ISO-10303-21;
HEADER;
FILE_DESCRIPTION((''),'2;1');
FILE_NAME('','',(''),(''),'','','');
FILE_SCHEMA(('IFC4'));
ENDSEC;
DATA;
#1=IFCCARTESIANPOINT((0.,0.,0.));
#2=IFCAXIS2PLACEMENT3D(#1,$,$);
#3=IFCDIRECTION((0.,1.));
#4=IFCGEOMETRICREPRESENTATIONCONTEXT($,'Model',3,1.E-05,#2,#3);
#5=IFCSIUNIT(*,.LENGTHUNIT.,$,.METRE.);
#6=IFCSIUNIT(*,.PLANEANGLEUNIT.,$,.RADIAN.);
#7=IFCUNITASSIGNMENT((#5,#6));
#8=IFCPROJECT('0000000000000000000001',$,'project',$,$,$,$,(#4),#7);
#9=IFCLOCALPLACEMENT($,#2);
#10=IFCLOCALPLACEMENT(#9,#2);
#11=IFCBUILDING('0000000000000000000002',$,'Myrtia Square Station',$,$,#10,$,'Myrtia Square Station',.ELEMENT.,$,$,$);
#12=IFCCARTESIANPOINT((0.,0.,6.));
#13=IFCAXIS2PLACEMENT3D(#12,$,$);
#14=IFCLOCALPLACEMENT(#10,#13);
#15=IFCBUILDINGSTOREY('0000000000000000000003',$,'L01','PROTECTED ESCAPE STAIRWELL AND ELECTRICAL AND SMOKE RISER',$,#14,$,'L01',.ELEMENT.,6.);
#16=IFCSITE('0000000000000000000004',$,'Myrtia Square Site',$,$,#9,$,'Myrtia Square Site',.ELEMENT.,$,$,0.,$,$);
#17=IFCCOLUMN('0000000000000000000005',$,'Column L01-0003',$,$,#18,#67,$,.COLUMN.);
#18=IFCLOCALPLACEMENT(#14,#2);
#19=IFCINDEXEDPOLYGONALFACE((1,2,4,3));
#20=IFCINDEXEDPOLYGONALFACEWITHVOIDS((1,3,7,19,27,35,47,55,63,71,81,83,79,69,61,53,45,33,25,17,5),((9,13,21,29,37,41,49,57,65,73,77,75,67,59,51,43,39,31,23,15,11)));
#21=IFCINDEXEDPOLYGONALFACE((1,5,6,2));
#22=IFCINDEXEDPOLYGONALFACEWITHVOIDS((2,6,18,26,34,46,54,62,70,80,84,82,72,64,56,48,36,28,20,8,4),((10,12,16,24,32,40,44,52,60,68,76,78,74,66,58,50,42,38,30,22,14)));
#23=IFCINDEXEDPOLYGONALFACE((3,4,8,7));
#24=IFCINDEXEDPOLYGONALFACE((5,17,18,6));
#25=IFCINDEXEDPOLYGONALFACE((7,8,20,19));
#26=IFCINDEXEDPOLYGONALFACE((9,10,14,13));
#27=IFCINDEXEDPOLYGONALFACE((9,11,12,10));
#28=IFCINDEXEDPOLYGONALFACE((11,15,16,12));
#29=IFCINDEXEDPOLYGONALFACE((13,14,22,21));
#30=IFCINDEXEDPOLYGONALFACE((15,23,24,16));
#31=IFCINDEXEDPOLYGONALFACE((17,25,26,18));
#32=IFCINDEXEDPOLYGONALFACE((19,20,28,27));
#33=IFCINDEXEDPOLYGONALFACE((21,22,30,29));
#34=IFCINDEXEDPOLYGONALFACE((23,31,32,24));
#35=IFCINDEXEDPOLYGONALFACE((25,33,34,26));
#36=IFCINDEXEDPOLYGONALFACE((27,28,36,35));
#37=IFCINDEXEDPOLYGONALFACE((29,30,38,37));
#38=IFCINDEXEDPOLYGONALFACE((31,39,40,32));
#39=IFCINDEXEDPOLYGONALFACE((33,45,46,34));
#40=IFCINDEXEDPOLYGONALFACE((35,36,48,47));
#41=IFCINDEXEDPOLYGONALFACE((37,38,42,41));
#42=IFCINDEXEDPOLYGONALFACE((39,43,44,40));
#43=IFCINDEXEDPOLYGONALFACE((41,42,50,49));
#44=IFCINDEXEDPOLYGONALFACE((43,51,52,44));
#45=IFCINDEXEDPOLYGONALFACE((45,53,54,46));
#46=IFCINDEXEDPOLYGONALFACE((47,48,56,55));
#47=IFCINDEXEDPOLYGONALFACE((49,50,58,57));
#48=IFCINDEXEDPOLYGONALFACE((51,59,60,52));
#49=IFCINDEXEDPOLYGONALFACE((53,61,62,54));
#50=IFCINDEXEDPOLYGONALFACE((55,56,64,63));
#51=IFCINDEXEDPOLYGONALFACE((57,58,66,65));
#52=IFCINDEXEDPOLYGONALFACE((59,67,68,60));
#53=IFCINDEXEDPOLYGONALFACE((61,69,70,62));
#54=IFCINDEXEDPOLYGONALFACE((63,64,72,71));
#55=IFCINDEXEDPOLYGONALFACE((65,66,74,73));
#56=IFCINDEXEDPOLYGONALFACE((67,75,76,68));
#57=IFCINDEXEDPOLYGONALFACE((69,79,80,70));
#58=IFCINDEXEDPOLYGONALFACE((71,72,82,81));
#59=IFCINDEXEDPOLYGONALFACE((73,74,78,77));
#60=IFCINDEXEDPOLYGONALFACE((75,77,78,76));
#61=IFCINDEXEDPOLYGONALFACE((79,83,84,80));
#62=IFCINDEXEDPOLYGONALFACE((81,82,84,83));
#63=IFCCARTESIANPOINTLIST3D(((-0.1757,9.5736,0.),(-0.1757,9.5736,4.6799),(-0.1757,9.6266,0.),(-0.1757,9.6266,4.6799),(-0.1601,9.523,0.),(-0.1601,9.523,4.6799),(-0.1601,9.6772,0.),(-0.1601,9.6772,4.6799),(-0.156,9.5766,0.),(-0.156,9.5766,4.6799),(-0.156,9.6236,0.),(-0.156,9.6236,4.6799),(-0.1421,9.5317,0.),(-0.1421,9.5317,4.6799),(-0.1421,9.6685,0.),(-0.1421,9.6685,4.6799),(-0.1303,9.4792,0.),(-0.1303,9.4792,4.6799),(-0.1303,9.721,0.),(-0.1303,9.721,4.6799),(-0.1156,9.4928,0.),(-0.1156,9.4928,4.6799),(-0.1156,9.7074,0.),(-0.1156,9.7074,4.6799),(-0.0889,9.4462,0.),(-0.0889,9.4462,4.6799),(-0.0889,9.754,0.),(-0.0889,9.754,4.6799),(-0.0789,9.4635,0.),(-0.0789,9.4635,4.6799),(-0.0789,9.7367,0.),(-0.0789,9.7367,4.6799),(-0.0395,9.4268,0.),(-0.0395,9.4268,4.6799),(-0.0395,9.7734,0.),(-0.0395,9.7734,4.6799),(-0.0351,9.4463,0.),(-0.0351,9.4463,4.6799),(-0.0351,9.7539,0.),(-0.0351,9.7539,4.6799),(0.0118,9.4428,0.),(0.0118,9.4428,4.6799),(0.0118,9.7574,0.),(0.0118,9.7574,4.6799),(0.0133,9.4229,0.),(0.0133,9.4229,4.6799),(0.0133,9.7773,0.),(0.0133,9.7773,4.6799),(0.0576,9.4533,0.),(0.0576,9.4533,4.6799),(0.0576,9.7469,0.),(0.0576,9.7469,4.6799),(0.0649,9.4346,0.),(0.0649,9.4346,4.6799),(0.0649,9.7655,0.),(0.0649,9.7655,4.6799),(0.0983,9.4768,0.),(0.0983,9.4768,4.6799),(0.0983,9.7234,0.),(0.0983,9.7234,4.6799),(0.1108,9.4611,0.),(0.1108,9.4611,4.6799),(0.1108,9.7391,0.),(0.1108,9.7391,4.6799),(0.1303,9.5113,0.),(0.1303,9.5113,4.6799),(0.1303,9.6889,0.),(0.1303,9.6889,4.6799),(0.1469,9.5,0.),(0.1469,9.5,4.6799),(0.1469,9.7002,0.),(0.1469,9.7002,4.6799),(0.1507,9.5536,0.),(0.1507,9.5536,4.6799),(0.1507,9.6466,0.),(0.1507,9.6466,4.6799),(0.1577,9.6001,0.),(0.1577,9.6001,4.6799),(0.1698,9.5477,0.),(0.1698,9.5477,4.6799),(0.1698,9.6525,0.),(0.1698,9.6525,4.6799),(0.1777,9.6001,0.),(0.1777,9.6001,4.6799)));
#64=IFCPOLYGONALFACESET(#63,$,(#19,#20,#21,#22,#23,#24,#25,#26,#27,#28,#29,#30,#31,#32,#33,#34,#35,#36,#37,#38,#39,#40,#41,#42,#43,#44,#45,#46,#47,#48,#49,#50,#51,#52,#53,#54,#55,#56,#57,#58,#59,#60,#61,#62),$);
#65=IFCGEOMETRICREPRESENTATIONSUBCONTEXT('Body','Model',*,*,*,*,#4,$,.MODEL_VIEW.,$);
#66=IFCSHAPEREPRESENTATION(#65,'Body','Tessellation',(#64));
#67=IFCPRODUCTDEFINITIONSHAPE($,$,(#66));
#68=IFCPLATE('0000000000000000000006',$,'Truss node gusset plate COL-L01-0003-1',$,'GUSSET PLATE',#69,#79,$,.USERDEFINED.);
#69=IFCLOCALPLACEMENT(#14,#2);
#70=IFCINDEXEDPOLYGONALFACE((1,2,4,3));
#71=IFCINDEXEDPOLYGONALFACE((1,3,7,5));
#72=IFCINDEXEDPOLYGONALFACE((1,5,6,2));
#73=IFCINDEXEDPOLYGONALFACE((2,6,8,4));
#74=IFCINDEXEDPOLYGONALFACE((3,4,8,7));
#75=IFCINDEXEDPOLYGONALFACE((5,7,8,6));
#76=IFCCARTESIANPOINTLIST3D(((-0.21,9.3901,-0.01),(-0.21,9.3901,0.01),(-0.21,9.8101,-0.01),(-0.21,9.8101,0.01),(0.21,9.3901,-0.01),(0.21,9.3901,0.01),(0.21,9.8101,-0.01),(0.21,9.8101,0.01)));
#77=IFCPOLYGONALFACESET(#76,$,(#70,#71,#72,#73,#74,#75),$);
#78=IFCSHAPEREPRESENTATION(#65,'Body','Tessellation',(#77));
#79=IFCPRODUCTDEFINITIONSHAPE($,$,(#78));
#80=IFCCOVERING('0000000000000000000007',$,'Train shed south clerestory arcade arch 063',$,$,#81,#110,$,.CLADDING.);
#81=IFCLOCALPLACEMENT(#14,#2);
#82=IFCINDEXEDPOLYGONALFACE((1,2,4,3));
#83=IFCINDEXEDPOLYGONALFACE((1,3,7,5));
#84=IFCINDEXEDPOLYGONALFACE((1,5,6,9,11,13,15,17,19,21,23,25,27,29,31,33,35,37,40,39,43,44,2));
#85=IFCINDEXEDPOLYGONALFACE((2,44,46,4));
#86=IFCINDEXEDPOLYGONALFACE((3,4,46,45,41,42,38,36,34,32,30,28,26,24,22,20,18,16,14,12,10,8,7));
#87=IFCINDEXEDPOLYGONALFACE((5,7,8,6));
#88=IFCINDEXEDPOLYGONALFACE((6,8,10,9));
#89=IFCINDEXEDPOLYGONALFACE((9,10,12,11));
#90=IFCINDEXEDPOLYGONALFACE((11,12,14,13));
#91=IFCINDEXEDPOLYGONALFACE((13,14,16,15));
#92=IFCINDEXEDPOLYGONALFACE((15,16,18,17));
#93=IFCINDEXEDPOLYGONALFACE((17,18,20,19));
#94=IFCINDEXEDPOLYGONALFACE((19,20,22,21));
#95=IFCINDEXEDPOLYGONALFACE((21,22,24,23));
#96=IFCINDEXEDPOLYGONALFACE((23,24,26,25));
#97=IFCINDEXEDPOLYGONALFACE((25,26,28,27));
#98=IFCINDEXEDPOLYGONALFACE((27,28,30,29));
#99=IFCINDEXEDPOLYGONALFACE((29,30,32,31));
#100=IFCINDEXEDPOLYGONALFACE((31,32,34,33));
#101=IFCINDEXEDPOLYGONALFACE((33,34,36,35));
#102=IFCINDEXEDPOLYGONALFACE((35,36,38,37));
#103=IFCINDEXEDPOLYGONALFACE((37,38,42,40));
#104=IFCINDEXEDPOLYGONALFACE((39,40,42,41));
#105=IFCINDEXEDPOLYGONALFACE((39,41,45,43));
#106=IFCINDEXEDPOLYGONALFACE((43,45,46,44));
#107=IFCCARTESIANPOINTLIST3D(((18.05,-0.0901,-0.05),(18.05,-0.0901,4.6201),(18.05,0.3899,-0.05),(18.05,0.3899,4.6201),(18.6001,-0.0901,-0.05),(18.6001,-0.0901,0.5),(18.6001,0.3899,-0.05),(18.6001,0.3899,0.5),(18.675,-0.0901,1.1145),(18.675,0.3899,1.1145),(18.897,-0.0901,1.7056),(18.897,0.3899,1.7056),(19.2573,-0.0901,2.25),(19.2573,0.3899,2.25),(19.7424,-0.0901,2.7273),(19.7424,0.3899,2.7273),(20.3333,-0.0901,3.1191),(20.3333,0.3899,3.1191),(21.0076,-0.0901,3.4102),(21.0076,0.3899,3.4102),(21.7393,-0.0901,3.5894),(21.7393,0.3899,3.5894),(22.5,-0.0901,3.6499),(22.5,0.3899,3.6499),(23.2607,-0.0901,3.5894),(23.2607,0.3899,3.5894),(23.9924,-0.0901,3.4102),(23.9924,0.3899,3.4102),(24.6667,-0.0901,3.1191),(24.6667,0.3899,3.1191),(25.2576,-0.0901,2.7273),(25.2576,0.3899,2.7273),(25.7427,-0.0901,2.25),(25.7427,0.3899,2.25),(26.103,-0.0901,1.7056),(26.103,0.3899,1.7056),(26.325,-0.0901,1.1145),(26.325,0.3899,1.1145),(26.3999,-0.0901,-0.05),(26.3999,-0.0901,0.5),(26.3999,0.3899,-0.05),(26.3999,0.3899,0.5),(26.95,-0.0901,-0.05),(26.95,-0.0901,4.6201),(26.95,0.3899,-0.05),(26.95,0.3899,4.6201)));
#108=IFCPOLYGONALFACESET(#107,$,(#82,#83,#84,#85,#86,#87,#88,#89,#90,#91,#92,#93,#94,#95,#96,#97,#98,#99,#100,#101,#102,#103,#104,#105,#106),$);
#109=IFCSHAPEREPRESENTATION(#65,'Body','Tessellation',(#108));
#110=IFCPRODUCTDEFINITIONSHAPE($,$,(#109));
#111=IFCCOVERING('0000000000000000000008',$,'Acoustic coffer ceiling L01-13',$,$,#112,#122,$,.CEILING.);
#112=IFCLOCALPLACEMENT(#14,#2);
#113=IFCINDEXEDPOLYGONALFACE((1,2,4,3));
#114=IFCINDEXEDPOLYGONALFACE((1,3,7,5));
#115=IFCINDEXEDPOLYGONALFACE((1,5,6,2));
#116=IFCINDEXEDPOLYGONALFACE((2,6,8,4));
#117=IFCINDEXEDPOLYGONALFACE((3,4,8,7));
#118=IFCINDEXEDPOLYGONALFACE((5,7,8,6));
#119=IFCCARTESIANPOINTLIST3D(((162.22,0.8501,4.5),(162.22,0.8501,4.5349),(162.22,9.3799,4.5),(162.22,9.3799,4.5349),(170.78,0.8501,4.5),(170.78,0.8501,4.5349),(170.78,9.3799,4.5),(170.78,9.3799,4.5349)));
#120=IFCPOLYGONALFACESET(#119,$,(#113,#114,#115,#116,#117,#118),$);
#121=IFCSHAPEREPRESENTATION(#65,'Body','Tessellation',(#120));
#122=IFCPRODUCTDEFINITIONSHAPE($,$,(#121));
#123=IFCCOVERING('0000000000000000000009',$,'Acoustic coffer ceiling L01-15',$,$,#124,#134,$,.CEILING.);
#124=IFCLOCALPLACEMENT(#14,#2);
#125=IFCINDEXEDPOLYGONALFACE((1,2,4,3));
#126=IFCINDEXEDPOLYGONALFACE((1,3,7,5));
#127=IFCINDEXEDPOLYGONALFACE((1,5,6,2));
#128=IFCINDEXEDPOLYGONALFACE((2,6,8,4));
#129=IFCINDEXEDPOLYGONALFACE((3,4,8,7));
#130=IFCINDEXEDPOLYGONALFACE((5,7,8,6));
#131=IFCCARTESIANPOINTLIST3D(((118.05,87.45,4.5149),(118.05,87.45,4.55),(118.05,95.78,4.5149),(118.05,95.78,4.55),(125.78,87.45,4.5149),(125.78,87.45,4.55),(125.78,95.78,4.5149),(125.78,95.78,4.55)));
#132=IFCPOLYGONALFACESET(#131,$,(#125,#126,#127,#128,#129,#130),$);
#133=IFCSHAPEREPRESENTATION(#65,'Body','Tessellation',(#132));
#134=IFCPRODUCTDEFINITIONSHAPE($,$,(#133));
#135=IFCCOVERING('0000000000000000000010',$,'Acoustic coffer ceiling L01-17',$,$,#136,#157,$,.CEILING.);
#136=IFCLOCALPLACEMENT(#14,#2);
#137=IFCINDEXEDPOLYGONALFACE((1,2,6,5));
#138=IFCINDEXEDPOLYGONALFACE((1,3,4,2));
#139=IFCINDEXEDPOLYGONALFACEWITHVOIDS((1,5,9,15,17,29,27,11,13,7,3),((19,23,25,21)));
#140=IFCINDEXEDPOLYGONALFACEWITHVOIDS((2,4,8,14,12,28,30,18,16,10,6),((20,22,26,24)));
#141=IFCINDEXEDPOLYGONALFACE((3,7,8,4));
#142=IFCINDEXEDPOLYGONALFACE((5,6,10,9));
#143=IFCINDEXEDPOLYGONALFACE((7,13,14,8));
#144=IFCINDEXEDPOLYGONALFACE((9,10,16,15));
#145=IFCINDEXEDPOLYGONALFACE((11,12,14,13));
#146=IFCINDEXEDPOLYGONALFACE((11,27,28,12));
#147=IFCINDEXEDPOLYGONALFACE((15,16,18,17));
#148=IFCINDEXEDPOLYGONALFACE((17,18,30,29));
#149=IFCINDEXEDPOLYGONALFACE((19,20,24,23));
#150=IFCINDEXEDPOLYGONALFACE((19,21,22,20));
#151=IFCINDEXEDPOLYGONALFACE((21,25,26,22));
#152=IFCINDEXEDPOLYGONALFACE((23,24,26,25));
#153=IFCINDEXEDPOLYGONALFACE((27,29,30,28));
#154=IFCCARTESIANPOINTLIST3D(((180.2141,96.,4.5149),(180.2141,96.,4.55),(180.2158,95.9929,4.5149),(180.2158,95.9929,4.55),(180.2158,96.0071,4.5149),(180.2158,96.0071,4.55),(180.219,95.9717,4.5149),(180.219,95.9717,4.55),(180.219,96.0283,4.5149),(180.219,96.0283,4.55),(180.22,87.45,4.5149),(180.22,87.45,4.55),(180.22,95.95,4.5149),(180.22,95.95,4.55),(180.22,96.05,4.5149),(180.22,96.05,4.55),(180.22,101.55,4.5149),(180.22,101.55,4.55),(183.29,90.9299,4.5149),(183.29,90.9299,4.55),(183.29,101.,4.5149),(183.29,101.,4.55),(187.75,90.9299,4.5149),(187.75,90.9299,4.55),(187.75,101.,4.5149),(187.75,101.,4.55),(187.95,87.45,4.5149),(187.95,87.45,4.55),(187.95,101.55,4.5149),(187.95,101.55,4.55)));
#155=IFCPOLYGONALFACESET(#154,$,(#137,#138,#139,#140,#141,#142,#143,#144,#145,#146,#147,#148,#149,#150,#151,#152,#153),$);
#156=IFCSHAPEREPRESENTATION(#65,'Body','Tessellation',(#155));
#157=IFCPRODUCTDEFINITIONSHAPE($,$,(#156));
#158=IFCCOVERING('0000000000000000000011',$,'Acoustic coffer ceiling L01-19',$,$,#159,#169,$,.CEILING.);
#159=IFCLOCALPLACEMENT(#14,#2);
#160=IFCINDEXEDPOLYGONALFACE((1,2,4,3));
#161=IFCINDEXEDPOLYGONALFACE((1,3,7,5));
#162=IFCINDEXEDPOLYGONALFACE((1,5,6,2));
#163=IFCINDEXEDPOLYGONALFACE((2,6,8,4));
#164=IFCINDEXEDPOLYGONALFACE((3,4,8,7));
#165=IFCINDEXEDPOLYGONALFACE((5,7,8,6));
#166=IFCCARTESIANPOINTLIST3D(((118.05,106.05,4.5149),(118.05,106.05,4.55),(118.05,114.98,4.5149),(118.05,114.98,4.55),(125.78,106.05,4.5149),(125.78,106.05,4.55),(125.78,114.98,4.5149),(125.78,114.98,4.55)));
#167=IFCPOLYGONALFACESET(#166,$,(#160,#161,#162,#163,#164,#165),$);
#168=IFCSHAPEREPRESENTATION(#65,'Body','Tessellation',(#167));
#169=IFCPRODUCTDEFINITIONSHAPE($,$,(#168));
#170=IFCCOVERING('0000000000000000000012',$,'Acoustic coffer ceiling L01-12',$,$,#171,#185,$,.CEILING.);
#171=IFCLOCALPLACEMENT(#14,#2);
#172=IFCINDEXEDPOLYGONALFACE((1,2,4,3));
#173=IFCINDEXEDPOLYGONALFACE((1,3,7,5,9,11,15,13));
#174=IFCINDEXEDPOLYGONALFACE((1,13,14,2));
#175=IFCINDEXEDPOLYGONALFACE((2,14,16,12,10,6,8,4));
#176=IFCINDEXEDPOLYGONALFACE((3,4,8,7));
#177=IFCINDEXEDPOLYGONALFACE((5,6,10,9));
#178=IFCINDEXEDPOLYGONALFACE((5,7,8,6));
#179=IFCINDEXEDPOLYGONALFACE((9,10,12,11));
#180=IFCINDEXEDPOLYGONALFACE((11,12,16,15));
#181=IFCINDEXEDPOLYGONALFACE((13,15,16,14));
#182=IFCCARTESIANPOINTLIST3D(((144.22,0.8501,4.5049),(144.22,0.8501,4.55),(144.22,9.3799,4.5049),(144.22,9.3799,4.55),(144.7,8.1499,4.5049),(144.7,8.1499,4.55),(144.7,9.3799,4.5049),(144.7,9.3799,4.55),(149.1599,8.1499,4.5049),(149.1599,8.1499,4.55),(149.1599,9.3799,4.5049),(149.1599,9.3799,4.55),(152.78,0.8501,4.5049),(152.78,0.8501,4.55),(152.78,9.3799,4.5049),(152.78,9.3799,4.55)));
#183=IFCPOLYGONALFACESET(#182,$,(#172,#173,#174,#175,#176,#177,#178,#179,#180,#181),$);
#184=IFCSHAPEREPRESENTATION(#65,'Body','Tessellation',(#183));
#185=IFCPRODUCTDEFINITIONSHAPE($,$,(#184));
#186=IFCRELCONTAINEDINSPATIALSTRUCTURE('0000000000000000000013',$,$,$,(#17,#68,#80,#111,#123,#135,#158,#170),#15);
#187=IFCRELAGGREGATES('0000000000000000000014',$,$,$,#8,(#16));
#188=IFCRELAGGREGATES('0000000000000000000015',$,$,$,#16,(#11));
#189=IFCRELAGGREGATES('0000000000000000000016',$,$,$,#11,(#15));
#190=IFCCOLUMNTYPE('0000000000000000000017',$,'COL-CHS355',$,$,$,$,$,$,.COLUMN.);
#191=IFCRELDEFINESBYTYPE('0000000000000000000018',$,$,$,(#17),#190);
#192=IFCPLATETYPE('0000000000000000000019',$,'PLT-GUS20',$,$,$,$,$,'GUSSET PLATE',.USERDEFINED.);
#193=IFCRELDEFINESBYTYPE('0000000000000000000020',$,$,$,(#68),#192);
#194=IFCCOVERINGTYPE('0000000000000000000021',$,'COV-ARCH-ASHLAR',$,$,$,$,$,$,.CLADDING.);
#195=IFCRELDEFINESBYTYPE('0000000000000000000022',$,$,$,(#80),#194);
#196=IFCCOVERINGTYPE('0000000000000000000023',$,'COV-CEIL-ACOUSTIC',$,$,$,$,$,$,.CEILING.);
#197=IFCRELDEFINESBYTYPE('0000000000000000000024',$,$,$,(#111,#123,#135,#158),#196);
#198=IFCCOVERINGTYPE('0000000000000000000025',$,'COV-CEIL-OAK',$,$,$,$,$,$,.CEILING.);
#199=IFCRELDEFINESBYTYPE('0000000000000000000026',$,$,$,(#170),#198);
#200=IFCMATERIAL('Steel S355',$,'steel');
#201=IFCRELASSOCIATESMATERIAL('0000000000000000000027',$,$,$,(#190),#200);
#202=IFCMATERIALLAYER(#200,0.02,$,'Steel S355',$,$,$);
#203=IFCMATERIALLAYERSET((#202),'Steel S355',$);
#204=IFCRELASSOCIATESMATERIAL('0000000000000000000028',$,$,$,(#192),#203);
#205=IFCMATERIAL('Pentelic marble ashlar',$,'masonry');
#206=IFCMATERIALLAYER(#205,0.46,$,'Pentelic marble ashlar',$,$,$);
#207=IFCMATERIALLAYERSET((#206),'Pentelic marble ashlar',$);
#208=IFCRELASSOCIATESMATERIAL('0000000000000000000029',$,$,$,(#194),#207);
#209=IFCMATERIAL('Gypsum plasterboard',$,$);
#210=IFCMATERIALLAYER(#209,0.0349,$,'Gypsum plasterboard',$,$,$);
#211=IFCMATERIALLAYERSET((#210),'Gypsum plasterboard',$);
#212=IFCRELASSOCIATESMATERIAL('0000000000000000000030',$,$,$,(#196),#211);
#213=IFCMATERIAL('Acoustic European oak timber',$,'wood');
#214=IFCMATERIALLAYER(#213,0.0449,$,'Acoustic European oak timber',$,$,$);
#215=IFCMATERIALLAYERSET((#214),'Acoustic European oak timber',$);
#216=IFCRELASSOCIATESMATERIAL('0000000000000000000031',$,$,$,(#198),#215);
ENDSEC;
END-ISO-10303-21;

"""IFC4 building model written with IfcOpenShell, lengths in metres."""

from ifc_helpers import new_model, si_unit, direction, frame, origin, origin_2d, place, context, subcontext, project, spatial, polyline, rectangle, hollow_circle, outline, extrude, material, layer, layer_set, material_profile, profile_set, type_object, element, save


model = new_model("IFC4")

# Units and contexts
model_context = context("Model", 3, precision=1e-05, world=origin(), true_north=direction((0.0, 1.0)))
body_context = subcontext(model_context, "Body", "Model", "MODEL_VIEW")
ifc_project = project(units=[si_unit("LENGTHUNIT", "METRE"), si_unit("PLANEANGLEUNIT", "RADIAN")], contexts=[model_context])

# Site, building, storey
site_placement = place(None, origin())
site = spatial("IfcSite", under=ifc_project, at=site_placement, Name="Myrtia Square Site", LongName="Myrtia Square Site", CompositionType="ELEMENT", RefElevation=0.0)
building_placement = place(site_placement, origin())
building = spatial("IfcBuilding", under=site, at=building_placement, Name="Myrtia Square Station", LongName="Myrtia Square Station", CompositionType="ELEMENT")
storey_placement = place(building_placement, frame((0.0, 0.0, 6.0)))
storey = spatial("IfcBuildingStorey", under=building, at=storey_placement, Name="L01", Description="PROTECTED ESCAPE STAIRWELL AND ELECTRICAL AND SMOKE RISER", LongName="L01", CompositionType="ELEMENT", Elevation=6.0)

# Column
ifc_material_1 = material(Name="Steel S355", Category="steel")
ifc_material_profile = material_profile(ifc_material_1, hollow_circle(Radius=0.1777, WallThickness=0.02, at=origin_2d()), Name="CHS 355.6x20")
ifc_profile_set = profile_set([ifc_material_profile], Name="Steel S355")
column_type = type_object("IfcColumnType", Name="COL-CHS355", PredefinedType="COLUMN", material=ifc_profile_set)
column_placement = place(storey_placement, frame((0.0, 9.6001, 0.0), z_axis=(0.0, 0.0, 1.0), x_axis=(1.0, 0.0, 0.0)))
element("IfcColumn", 1, at=column_placement, inside=storey, type_object=column_type, Name="Column L01-0003", PredefinedType="COLUMN", context=body_context, shape_type="SweptSolid", body=[
    extrude(hollow_circle(Radius=0.1777, WallThickness=0.02, at=origin_2d()), origin(), (0.0, 0.0, 1.0), 4.6799),
])

# Plate
ifc_layer_1 = layer(ifc_material_1, 0.02, Name="Steel S355")
ifc_layer_set_1 = layer_set([ifc_layer_1], Name="Steel S355")
plate_type = type_object("IfcPlateType", Name="PLT-GUS20", ElementType="GUSSET PLATE", PredefinedType="USERDEFINED", material=ifc_layer_set_1)
plate_placement = place(storey_placement, frame((0.0, 9.6001, -0.01), z_axis=(0.0, 0.0, 1.0), x_axis=(1.0, 0.0, 0.0)))
element("IfcPlate", 2, at=plate_placement, inside=storey, type_object=plate_type, Name="Truss node gusset plate COL-L01-0003-1", ObjectType="GUSSET PLATE", PredefinedType="USERDEFINED", context=body_context, shape_type="SweptSolid", body=[
    extrude(rectangle(XDim=0.4199, YDim=0.4199, at=origin_2d()), origin(), (0.0, 0.0, 1.0), 0.02),
])

# Coverings
ifc_material_2 = material(Name="Pentelic marble ashlar", Category="masonry")
ifc_layer_2 = layer(ifc_material_2, 0.46, Name="Pentelic marble ashlar")
ifc_layer_set_2 = layer_set([ifc_layer_2], Name="Pentelic marble ashlar")
covering_type_1 = type_object("IfcCoveringType", Name="COV-ARCH-ASHLAR", PredefinedType="CLADDING", material=ifc_layer_set_2)
covering_1_placement = place(storey_placement, frame((18.05, 0.1499, -0.05), z_axis=(0.0, 0.0, 1.0), x_axis=(1.0, 0.0, 0.0)))
element("IfcCovering", 3, at=covering_1_placement, inside=storey, type_object=covering_type_1, Name="Train shed south clerestory arcade arch 063", PredefinedType="CLADDING", context=body_context, shape_type="SweptSolid", body=[
    extrude(outline(polyline([(0.0, 0.0), (0.55, 0.0), (0.55, 0.55), (0.625, 1.1646), (0.8469, 1.7556), (1.2073, 2.3), (1.6924, 2.7773), (2.2832, 3.1692), (2.9575, 3.4602), (3.6892, 3.6394), (4.45, 3.7), (5.2107, 3.6394), (5.9424, 3.4602), (6.6167, 3.1692), (7.2075, 2.7773), (7.6926, 2.3), (8.053, 1.7556), (8.2749, 1.1646), (8.3499, 0.55), (8.3499, 0.0), (8.8999, 0.0), (8.8999, 4.6702), (0.0, 4.6702), (0.0, 0.0)])), frame((0.0, 0.24, 0.0), z_axis=(0.0, -1.0, 0.0), x_axis=(1.0, 0.0, 0.0)), (0.0, 0.0, 1.0), 0.48),
])
ifc_material_3 = material(Name="Gypsum plasterboard")
ifc_layer_3 = layer(ifc_material_3, 0.0349, Name="Gypsum plasterboard")
ifc_layer_set_3 = layer_set([ifc_layer_3], Name="Gypsum plasterboard")
covering_type_2 = type_object("IfcCoveringType", Name="COV-CEIL-ACOUSTIC", PredefinedType="CEILING", material=ifc_layer_set_3)
covering_2_placement = place(storey_placement, frame((0.0, 0.0, 4.5)))
element("IfcCovering", 4, at=covering_2_placement, inside=storey, type_object=covering_type_2, Name="Acoustic coffer ceiling L01-13", PredefinedType="CEILING", context=body_context, shape_type="SweptSolid", body=[
    extrude(outline(polyline([(162.22, 0.8501), (162.22, 9.3799), (170.78, 9.3799), (170.78, 0.8501), (162.22, 0.8501)])), origin(), (0.0, 0.0, 1.0), 0.0349),
])
covering_3_placement = place(storey_placement, frame((0.0, 0.0, 4.5149)))
element("IfcCovering", 5, at=covering_3_placement, inside=storey, type_object=covering_type_2, Name="Acoustic coffer ceiling L01-15", PredefinedType="CEILING", context=body_context, shape_type="SweptSolid", body=[
    extrude(outline(polyline([(118.05, 87.45), (118.05, 95.78), (125.78, 95.78), (125.78, 87.45), (118.05, 87.45)])), origin(), (0.0, 0.0, 1.0), 0.0352),
])
covering_4_placement = place(storey_placement, frame((0.0, 0.0, 4.5149)))
element("IfcCovering", 6, at=covering_4_placement, inside=storey, type_object=covering_type_2, Name="Acoustic coffer ceiling L01-17", PredefinedType="CEILING", context=body_context, shape_type="SweptSolid", body=[
    extrude(outline(polyline([(187.95, 101.55), (187.95, 87.45), (180.22, 87.45), (180.22, 95.95), (180.219, 95.9717), (180.2158, 95.9929), (180.2141, 96.0), (180.2158, 96.0071), (180.219, 96.0283), (180.22, 96.05), (180.22, 101.55), (187.95, 101.55)]), holes=[polyline([(183.29, 101.0), (183.29, 90.9299), (187.75, 90.9299), (187.75, 101.0), (183.29, 101.0)])]), origin(), (0.0, 0.0, 1.0), 0.0352),
])
covering_5_placement = place(storey_placement, frame((0.0, 0.0, 4.5149)))
element("IfcCovering", 7, at=covering_5_placement, inside=storey, type_object=covering_type_2, Name="Acoustic coffer ceiling L01-19", PredefinedType="CEILING", context=body_context, shape_type="SweptSolid", body=[
    extrude(outline(polyline([(118.05, 106.05), (118.05, 114.98), (125.78, 114.98), (125.78, 106.05), (118.05, 106.05)])), origin(), (0.0, 0.0, 1.0), 0.0352),
])
ifc_material_4 = material(Name="Acoustic European oak timber", Category="wood")
ifc_layer_4 = layer(ifc_material_4, 0.0449, Name="Acoustic European oak timber")
ifc_layer_set_4 = layer_set([ifc_layer_4], Name="Acoustic European oak timber")
covering_type_3 = type_object("IfcCoveringType", Name="COV-CEIL-OAK", PredefinedType="CEILING", material=ifc_layer_set_4)
covering_6_placement = place(storey_placement, frame((0.0, 0.0, 4.5049)))
element("IfcCovering", 8, at=covering_6_placement, inside=storey, type_object=covering_type_3, Name="Acoustic coffer ceiling L01-12", PredefinedType="CEILING", context=body_context, shape_type="SweptSolid", body=[
    extrude(outline(polyline([(144.7, 8.1499), (149.1599, 8.1499), (149.1599, 9.3799), (152.78, 9.3799), (152.78, 0.8501), (144.22, 0.8501), (144.22, 9.3799), (144.7, 9.3799), (144.7, 8.1499)])), origin(), (0.0, 0.0, 1.0), 0.0452),
])

save(model, "model.ifc")
